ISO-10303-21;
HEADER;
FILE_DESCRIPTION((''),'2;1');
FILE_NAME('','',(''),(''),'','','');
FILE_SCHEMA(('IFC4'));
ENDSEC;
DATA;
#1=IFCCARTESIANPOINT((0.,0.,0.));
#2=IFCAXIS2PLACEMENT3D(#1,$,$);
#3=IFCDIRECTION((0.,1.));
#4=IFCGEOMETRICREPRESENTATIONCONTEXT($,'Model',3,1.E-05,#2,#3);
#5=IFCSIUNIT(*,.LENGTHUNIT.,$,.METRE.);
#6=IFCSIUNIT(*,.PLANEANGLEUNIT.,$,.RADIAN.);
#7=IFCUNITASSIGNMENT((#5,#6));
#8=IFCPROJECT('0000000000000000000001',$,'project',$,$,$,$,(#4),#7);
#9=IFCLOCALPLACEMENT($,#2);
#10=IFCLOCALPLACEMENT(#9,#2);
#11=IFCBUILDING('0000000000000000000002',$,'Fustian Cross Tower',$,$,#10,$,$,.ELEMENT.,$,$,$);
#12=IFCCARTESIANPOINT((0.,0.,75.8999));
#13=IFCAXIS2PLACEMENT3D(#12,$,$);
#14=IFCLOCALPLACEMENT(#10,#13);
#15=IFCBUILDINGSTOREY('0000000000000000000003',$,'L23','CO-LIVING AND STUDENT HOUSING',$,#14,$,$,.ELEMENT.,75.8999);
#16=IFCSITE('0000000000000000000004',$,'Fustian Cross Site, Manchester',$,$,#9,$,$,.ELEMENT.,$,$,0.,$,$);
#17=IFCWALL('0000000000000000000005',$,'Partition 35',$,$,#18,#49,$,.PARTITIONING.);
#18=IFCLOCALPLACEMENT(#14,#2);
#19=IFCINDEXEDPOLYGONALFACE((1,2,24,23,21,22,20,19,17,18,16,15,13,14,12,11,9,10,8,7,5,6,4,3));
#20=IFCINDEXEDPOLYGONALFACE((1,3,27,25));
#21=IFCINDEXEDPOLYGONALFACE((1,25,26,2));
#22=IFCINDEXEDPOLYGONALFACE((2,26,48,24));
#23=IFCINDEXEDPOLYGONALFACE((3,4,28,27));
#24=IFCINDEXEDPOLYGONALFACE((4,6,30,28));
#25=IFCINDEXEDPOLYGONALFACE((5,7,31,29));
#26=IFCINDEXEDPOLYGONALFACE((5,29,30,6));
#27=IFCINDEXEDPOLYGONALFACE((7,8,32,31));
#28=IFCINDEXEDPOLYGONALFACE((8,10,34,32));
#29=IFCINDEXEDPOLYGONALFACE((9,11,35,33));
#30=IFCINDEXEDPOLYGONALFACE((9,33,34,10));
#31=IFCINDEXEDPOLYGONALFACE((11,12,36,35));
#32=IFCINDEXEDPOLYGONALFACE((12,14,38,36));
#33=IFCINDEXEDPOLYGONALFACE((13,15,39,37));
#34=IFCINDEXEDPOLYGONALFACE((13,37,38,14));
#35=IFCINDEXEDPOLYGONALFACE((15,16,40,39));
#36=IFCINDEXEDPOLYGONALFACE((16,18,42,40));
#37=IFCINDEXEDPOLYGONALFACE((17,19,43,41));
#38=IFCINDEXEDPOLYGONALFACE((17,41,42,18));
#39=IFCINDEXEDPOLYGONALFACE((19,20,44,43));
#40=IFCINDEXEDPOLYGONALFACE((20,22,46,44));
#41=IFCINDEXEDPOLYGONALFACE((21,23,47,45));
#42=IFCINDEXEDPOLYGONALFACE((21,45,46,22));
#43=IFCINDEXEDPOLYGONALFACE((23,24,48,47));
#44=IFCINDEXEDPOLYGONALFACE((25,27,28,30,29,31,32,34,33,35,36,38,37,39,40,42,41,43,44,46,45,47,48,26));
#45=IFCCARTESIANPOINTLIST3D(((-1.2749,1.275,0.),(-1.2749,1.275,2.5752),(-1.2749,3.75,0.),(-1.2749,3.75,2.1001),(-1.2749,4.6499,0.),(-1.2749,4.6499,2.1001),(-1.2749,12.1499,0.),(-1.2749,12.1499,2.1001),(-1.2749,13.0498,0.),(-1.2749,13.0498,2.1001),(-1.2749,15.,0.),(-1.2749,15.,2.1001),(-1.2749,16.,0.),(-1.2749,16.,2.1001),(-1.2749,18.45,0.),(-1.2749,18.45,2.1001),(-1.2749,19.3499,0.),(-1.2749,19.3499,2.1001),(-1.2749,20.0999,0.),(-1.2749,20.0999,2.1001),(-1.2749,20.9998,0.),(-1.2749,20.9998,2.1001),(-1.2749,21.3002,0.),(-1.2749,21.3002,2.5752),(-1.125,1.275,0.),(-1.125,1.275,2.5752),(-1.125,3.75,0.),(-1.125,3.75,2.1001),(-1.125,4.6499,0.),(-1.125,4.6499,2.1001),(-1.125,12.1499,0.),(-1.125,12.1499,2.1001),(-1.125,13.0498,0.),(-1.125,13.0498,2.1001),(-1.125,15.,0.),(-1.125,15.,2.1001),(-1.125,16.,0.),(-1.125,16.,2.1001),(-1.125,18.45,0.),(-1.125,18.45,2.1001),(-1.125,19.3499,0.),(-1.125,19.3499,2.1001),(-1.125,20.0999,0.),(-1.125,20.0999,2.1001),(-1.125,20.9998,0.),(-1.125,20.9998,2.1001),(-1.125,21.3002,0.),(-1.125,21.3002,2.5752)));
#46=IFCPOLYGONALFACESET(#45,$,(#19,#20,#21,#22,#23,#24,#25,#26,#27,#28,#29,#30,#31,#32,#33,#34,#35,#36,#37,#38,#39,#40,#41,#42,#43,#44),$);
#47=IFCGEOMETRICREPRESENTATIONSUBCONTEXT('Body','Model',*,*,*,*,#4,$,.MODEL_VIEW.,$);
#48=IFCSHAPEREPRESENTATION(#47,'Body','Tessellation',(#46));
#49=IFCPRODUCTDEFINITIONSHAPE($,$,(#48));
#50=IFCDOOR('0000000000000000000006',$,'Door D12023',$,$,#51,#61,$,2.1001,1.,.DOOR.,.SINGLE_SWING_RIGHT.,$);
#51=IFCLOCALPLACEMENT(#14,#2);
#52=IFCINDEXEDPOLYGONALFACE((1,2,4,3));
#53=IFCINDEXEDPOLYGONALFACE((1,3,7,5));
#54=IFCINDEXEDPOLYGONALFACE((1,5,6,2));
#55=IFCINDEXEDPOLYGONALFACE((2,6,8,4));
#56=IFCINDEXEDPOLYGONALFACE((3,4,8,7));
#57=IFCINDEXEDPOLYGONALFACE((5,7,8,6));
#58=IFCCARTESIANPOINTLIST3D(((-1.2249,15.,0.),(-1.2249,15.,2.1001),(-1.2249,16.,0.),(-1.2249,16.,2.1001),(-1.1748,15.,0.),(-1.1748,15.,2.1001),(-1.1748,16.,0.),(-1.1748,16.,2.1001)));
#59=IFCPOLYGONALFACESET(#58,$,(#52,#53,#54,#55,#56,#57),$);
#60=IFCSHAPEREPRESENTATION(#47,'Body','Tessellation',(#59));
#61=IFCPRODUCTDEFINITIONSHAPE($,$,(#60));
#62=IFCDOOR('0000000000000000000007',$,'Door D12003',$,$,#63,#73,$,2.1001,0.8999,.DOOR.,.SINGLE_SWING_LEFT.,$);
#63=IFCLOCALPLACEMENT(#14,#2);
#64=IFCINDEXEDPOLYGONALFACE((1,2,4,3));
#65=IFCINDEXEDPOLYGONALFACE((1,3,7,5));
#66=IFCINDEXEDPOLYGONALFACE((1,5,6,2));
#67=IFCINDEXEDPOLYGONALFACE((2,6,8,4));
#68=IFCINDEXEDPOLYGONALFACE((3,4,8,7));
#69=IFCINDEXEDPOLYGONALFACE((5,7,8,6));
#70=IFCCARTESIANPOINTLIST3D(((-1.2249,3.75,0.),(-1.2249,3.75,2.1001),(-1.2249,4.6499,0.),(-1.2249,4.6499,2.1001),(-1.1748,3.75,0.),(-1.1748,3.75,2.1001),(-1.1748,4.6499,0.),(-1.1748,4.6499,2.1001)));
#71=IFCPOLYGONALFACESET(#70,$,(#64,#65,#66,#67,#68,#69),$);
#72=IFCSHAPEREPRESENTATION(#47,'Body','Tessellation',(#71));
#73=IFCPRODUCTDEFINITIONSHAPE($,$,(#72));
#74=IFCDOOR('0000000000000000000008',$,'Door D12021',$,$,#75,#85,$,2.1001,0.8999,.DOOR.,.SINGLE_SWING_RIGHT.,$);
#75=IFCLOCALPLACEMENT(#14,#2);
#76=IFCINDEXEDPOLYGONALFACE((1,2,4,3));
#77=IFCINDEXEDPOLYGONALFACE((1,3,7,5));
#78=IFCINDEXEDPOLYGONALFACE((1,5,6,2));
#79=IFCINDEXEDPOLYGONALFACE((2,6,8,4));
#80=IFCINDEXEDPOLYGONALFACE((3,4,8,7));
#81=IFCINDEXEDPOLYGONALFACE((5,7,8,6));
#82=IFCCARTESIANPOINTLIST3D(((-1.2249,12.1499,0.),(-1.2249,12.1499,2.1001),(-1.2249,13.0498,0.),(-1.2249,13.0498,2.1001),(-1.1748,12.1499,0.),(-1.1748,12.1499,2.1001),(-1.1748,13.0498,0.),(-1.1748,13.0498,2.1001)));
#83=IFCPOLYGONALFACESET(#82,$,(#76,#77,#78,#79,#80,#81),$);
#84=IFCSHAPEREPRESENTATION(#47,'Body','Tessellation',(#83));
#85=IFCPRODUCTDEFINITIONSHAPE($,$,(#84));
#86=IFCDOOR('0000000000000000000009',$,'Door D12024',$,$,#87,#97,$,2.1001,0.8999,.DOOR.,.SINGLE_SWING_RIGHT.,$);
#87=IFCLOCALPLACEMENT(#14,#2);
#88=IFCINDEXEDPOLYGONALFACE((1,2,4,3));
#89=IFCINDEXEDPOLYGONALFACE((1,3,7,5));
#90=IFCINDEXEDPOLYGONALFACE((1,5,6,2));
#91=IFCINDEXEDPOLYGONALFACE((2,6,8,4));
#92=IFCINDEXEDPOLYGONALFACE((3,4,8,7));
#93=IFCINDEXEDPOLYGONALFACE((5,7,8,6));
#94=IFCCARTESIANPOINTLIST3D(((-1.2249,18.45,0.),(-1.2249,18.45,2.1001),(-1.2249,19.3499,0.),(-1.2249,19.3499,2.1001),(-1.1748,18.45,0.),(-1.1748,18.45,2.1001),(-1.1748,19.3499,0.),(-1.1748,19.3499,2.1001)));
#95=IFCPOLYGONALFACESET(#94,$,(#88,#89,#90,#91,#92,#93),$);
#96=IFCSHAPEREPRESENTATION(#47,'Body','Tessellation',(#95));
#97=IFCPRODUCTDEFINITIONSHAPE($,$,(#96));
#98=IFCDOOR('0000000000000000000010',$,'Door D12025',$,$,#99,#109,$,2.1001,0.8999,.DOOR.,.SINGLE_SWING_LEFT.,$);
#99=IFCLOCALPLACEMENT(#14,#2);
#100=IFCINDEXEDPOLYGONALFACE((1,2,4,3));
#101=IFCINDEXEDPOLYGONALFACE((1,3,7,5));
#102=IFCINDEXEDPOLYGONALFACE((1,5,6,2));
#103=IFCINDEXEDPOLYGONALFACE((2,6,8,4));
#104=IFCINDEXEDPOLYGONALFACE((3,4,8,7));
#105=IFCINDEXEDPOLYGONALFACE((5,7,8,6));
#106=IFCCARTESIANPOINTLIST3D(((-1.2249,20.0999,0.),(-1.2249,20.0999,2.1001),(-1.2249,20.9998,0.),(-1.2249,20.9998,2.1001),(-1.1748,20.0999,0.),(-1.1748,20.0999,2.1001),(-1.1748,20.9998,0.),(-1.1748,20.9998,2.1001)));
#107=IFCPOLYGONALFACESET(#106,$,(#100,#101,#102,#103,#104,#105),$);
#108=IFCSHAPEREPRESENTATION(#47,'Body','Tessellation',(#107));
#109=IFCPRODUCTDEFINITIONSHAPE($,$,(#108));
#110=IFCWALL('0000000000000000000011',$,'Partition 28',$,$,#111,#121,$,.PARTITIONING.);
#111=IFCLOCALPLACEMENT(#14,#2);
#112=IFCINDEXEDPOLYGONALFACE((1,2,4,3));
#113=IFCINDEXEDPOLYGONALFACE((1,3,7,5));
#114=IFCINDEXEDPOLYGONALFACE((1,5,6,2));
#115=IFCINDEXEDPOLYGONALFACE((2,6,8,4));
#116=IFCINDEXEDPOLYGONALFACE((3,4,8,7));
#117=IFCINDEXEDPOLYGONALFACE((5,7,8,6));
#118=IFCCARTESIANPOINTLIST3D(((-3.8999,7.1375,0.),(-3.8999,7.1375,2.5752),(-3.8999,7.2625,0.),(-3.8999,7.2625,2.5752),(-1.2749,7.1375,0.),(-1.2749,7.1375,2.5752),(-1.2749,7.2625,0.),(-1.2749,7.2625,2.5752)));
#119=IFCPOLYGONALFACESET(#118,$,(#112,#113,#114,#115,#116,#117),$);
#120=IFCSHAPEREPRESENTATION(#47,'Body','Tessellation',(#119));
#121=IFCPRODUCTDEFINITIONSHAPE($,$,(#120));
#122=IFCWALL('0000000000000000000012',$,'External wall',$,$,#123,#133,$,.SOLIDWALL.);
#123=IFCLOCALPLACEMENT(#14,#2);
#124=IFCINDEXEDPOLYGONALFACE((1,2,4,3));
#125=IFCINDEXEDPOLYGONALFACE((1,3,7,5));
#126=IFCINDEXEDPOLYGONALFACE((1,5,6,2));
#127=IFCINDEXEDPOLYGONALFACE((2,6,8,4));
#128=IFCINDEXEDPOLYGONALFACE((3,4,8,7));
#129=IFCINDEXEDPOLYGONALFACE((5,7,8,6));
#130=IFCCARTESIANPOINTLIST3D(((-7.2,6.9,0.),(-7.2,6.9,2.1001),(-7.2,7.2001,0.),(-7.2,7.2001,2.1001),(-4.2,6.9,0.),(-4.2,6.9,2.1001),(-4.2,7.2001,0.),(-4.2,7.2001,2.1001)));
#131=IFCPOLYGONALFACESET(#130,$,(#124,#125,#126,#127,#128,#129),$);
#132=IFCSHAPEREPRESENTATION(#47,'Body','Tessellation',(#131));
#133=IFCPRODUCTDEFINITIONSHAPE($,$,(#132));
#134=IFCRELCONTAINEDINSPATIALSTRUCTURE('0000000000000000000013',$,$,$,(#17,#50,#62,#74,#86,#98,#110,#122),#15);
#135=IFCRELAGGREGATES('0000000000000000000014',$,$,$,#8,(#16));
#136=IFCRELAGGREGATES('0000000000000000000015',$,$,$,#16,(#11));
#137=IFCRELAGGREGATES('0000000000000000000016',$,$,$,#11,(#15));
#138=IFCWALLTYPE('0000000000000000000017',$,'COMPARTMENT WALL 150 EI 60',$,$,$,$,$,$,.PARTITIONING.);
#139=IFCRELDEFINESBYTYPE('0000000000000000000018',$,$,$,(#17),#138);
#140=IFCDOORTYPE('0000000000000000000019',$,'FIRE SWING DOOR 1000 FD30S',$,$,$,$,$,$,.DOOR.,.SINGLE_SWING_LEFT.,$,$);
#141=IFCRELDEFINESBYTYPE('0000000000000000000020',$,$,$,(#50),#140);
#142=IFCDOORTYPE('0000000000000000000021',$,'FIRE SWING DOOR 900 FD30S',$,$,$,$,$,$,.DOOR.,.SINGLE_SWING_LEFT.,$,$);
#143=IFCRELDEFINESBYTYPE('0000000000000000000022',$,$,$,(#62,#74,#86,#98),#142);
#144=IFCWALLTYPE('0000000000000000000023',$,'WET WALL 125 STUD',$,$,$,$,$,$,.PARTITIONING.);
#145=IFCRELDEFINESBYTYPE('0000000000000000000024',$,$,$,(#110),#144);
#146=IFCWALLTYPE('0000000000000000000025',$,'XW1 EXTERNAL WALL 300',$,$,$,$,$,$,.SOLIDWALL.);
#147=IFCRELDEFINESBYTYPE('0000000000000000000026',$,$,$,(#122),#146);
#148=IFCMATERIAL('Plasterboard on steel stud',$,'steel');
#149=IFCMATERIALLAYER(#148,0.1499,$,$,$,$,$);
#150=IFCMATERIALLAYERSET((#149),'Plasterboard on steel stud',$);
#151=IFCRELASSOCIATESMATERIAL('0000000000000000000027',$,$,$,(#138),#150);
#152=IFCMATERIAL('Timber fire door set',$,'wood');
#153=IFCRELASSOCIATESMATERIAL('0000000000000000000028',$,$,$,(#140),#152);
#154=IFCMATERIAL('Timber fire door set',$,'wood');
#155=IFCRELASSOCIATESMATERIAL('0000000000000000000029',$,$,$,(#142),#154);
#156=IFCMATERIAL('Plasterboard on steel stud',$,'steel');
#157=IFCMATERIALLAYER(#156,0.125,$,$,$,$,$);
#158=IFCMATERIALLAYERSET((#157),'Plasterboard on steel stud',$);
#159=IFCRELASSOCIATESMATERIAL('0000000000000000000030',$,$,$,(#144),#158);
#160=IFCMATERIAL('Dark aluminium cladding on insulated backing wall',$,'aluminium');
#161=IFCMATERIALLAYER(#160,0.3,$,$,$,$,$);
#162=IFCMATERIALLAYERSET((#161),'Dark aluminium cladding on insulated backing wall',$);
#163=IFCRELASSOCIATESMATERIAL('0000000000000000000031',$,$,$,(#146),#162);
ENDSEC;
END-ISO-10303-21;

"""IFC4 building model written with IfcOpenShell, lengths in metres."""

from ifc_helpers import new_model, si_unit, direction, frame, frame_2d, origin, place, context, subcontext, project, spatial, rectangle, extrude, material, layer, layer_set, type_object, element, fill, save


model = new_model("IFC4")

# Units and contexts
model_context = context("Model", 3, precision=1e-05, world=origin(), true_north=direction((0.0, 1.0)))
body_context = subcontext(model_context, "Body", "Model", "MODEL_VIEW")
ifc_project = project(units=[si_unit("LENGTHUNIT", "METRE"), si_unit("PLANEANGLEUNIT", "RADIAN")], contexts=[model_context])

# Site, building, storey
site_placement = place(None, origin())
site = spatial("IfcSite", under=ifc_project, at=site_placement, Name="Fustian Cross Site, Manchester", CompositionType="ELEMENT", RefElevation=0.0)
building_placement = place(site_placement, origin())
building = spatial("IfcBuilding", under=site, at=building_placement, Name="Fustian Cross Tower", CompositionType="ELEMENT")
storey_placement = place(building_placement, frame((0.0, 0.0, 75.8999)))
storey = spatial("IfcBuildingStorey", under=building, at=storey_placement, Name="L23", Description="CO-LIVING AND STUDENT HOUSING", CompositionType="ELEMENT", Elevation=75.8999)

# Wall, openings, doors
ifc_material_1 = material(Name="Plasterboard on steel stud", Category="steel")
ifc_layer_1 = layer(ifc_material_1, 0.1499)
ifc_layer_set_1 = layer_set([ifc_layer_1], Name="Plasterboard on steel stud")
wall_type_1 = type_object("IfcWallType", Name="COMPARTMENT WALL 150 EI 60", PredefinedType="PARTITIONING", material=ifc_layer_set_1)
wall_1_placement = place(storey_placement, frame((-1.2, 1.2749, 0.0), z_axis=(0.0, 0.0, 1.0), x_axis=(0.0, 1.0, 0.0)))
wall_1 = element("IfcWall", 1, at=wall_1_placement, inside=storey, type_object=wall_type_1, Name="Partition 35", PredefinedType="PARTITIONING", context=body_context, shape_type="SweptSolid", body=[
    extrude(rectangle(XDim=20.0251, YDim=0.1499, at=frame_2d((10.0127, 0.0))), origin(), (0.0, 0.0, 1.0), 2.5752),
])
opening_1_placement = place(wall_1_placement, frame((2.4751, 0.0, 0.0)))
opening_1 = element("IfcOpeningElement", 2, at=opening_1_placement, cuts=wall_1, PredefinedType="OPENING", context=body_context, shape_type="SweptSolid", body=[
    extrude(rectangle(XDim=0.8999, YDim=2.1001, at=frame_2d((0.45, 1.05))), frame((0.0, 0.085, 0.0), z_axis=(0.0, -1.0, 0.0), x_axis=(1.0, 0.0, 0.0)), (0.0, 0.0, 1.0), 0.1699),
])
opening_2_placement = place(wall_1_placement, frame((10.875, 0.0, 0.0)))
opening_2 = element("IfcOpeningElement", 3, at=opening_2_placement, cuts=wall_1, PredefinedType="OPENING", context=body_context, shape_type="SweptSolid", body=[
    extrude(rectangle(XDim=0.8999, YDim=2.1001, at=frame_2d((0.45, 1.05))), frame((0.0, 0.085, 0.0), z_axis=(0.0, -1.0, 0.0), x_axis=(1.0, 0.0, 0.0)), (0.0, 0.0, 1.0), 0.1699),
])
opening_3_placement = place(wall_1_placement, frame((13.7251, 0.0, 0.0)))
opening_3 = element("IfcOpeningElement", 4, at=opening_3_placement, cuts=wall_1, PredefinedType="OPENING", context=body_context, shape_type="SweptSolid", body=[
    extrude(rectangle(XDim=1.0, YDim=2.1001, at=frame_2d((0.5, 1.05))), frame((0.0, 0.085, 0.0), z_axis=(0.0, -1.0, 0.0), x_axis=(1.0, 0.0, 0.0)), (0.0, 0.0, 1.0), 0.1699),
])
opening_4_placement = place(wall_1_placement, frame((17.175, 0.0, 0.0)))
opening_4 = element("IfcOpeningElement", 5, at=opening_4_placement, cuts=wall_1, PredefinedType="OPENING", context=body_context, shape_type="SweptSolid", body=[
    extrude(rectangle(XDim=0.8999, YDim=2.1001, at=frame_2d((0.45, 1.05))), frame((0.0, 0.085, 0.0), z_axis=(0.0, -1.0, 0.0), x_axis=(1.0, 0.0, 0.0)), (0.0, 0.0, 1.0), 0.1699),
])
opening_5_placement = place(wall_1_placement, frame((18.825, 0.0, 0.0)))
opening_5 = element("IfcOpeningElement", 6, at=opening_5_placement, cuts=wall_1, PredefinedType="OPENING", context=body_context, shape_type="SweptSolid", body=[
    extrude(rectangle(XDim=0.8999, YDim=2.1001, at=frame_2d((0.45, 1.05))), frame((0.0, 0.085, 0.0), z_axis=(0.0, -1.0, 0.0), x_axis=(1.0, 0.0, 0.0)), (0.0, 0.0, 1.0), 0.1699),
])
ifc_material_2 = material(Name="Timber fire door set", Category="wood")
door_type_1 = type_object("IfcDoorType", Name="FIRE SWING DOOR 1000 FD30S", OperationType="SINGLE_SWING_LEFT", PredefinedType="DOOR", material=ifc_material_2)
door_1_placement = place(opening_3_placement, origin())
door_1 = element("IfcDoor", 7, at=door_1_placement, inside=storey, type_object=door_type_1, Name="Door D12023", OperationType="SINGLE_SWING_RIGHT", OverallHeight=2.1001, OverallWidth=1.0, PredefinedType="DOOR", context=body_context, shape_type="SweptSolid", body=[
    extrude(rectangle(XDim=1.0, YDim=2.1001, at=frame_2d((0.5, 1.05))), frame((0.0, 0.0249, 0.0), z_axis=(0.0, -1.0, 0.0), x_axis=(1.0, 0.0, 0.0)), (0.0, 0.0, 1.0), 0.05),
])
fill(opening_3, door_1)
ifc_material_3 = material(Name="Timber fire door set", Category="wood")
door_type_2 = type_object("IfcDoorType", Name="FIRE SWING DOOR 900 FD30S", OperationType="SINGLE_SWING_LEFT", PredefinedType="DOOR", material=ifc_material_3)
door_2_placement = place(opening_1_placement, origin())
door_2 = element("IfcDoor", 8, at=door_2_placement, inside=storey, type_object=door_type_2, Name="Door D12003", OperationType="SINGLE_SWING_LEFT", OverallHeight=2.1001, OverallWidth=0.8999, PredefinedType="DOOR", context=body_context, shape_type="SweptSolid", body=[
    extrude(rectangle(XDim=0.8999, YDim=2.1001, at=frame_2d((0.45, 1.05))), frame((0.0, 0.0249, 0.0), z_axis=(0.0, -1.0, 0.0), x_axis=(1.0, 0.0, 0.0)), (0.0, 0.0, 1.0), 0.05),
])
fill(opening_1, door_2)
door_3_placement = place(opening_2_placement, origin())
door_3 = element("IfcDoor", 9, at=door_3_placement, inside=storey, type_object=door_type_2, Name="Door D12021", OperationType="SINGLE_SWING_RIGHT", OverallHeight=2.1001, OverallWidth=0.8999, PredefinedType="DOOR", context=body_context, shape_type="SweptSolid", body=[
    extrude(rectangle(XDim=0.8999, YDim=2.1001, at=frame_2d((0.45, 1.05))), frame((0.0, 0.0249, 0.0), z_axis=(0.0, -1.0, 0.0), x_axis=(1.0, 0.0, 0.0)), (0.0, 0.0, 1.0), 0.05),
])
fill(opening_2, door_3)
door_4_placement = place(opening_4_placement, origin())
door_4 = element("IfcDoor", 10, at=door_4_placement, inside=storey, type_object=door_type_2, Name="Door D12024", OperationType="SINGLE_SWING_RIGHT", OverallHeight=2.1001, OverallWidth=0.8999, PredefinedType="DOOR", context=body_context, shape_type="SweptSolid", body=[
    extrude(rectangle(XDim=0.8999, YDim=2.1001, at=frame_2d((0.45, 1.05))), frame((0.0, 0.0249, 0.0), z_axis=(0.0, -1.0, 0.0), x_axis=(1.0, 0.0, 0.0)), (0.0, 0.0, 1.0), 0.05),
])
fill(opening_4, door_4)
door_5_placement = place(opening_5_placement, origin())
door_5 = element("IfcDoor", 11, at=door_5_placement, inside=storey, type_object=door_type_2, Name="Door D12025", OperationType="SINGLE_SWING_LEFT", OverallHeight=2.1001, OverallWidth=0.8999, PredefinedType="DOOR", context=body_context, shape_type="SweptSolid", body=[
    extrude(rectangle(XDim=0.8999, YDim=2.1001, at=frame_2d((0.45, 1.05))), frame((0.0, 0.0249, 0.0), z_axis=(0.0, -1.0, 0.0), x_axis=(1.0, 0.0, 0.0)), (0.0, 0.0, 1.0), 0.05),
])
fill(opening_5, door_5)

# Walls
ifc_material_4 = material(Name="Plasterboard on steel stud", Category="steel")
ifc_layer_2 = layer(ifc_material_4, 0.125)
ifc_layer_set_2 = layer_set([ifc_layer_2], Name="Plasterboard on steel stud")
wall_type_2 = type_object("IfcWallType", Name="WET WALL 125 STUD", PredefinedType="PARTITIONING", material=ifc_layer_set_2)
wall_2_placement = place(storey_placement, frame((-3.8999, 7.2, 0.0), z_axis=(0.0, 0.0, 1.0), x_axis=(1.0, 0.0, 0.0)))
element("IfcWall", 12, at=wall_2_placement, inside=storey, type_object=wall_type_2, Name="Partition 28", PredefinedType="PARTITIONING", context=body_context, shape_type="SweptSolid", body=[
    extrude(rectangle(XDim=2.625, YDim=0.125, at=frame_2d((1.3125, 0.0))), origin(), (0.0, 0.0, 1.0), 2.5752),
])
ifc_material_5 = material(Name="Dark aluminium cladding on insulated backing wall", Category="aluminium")
ifc_layer_3 = layer(ifc_material_5, 0.3)
ifc_layer_set_3 = layer_set([ifc_layer_3], Name="Dark aluminium cladding on insulated backing wall")
wall_type_3 = type_object("IfcWallType", Name="XW1 EXTERNAL WALL 300", PredefinedType="SOLIDWALL", material=ifc_layer_set_3)
wall_3_placement = place(storey_placement, frame((-4.2, 7.05, 0.0), z_axis=(0.0, 0.0, 1.0), x_axis=(-1.0, 0.0, 0.0)))
element("IfcWall", 13, at=wall_3_placement, inside=storey, type_object=wall_type_3, Name="External wall", PredefinedType="SOLIDWALL", context=body_context, shape_type="SweptSolid", body=[
    extrude(rectangle(XDim=3.0, YDim=0.3, at=frame_2d((1.5, 0.0))), origin(), (0.0, 0.0, 1.0), 2.1001),
])

save(model, "model.ifc")
